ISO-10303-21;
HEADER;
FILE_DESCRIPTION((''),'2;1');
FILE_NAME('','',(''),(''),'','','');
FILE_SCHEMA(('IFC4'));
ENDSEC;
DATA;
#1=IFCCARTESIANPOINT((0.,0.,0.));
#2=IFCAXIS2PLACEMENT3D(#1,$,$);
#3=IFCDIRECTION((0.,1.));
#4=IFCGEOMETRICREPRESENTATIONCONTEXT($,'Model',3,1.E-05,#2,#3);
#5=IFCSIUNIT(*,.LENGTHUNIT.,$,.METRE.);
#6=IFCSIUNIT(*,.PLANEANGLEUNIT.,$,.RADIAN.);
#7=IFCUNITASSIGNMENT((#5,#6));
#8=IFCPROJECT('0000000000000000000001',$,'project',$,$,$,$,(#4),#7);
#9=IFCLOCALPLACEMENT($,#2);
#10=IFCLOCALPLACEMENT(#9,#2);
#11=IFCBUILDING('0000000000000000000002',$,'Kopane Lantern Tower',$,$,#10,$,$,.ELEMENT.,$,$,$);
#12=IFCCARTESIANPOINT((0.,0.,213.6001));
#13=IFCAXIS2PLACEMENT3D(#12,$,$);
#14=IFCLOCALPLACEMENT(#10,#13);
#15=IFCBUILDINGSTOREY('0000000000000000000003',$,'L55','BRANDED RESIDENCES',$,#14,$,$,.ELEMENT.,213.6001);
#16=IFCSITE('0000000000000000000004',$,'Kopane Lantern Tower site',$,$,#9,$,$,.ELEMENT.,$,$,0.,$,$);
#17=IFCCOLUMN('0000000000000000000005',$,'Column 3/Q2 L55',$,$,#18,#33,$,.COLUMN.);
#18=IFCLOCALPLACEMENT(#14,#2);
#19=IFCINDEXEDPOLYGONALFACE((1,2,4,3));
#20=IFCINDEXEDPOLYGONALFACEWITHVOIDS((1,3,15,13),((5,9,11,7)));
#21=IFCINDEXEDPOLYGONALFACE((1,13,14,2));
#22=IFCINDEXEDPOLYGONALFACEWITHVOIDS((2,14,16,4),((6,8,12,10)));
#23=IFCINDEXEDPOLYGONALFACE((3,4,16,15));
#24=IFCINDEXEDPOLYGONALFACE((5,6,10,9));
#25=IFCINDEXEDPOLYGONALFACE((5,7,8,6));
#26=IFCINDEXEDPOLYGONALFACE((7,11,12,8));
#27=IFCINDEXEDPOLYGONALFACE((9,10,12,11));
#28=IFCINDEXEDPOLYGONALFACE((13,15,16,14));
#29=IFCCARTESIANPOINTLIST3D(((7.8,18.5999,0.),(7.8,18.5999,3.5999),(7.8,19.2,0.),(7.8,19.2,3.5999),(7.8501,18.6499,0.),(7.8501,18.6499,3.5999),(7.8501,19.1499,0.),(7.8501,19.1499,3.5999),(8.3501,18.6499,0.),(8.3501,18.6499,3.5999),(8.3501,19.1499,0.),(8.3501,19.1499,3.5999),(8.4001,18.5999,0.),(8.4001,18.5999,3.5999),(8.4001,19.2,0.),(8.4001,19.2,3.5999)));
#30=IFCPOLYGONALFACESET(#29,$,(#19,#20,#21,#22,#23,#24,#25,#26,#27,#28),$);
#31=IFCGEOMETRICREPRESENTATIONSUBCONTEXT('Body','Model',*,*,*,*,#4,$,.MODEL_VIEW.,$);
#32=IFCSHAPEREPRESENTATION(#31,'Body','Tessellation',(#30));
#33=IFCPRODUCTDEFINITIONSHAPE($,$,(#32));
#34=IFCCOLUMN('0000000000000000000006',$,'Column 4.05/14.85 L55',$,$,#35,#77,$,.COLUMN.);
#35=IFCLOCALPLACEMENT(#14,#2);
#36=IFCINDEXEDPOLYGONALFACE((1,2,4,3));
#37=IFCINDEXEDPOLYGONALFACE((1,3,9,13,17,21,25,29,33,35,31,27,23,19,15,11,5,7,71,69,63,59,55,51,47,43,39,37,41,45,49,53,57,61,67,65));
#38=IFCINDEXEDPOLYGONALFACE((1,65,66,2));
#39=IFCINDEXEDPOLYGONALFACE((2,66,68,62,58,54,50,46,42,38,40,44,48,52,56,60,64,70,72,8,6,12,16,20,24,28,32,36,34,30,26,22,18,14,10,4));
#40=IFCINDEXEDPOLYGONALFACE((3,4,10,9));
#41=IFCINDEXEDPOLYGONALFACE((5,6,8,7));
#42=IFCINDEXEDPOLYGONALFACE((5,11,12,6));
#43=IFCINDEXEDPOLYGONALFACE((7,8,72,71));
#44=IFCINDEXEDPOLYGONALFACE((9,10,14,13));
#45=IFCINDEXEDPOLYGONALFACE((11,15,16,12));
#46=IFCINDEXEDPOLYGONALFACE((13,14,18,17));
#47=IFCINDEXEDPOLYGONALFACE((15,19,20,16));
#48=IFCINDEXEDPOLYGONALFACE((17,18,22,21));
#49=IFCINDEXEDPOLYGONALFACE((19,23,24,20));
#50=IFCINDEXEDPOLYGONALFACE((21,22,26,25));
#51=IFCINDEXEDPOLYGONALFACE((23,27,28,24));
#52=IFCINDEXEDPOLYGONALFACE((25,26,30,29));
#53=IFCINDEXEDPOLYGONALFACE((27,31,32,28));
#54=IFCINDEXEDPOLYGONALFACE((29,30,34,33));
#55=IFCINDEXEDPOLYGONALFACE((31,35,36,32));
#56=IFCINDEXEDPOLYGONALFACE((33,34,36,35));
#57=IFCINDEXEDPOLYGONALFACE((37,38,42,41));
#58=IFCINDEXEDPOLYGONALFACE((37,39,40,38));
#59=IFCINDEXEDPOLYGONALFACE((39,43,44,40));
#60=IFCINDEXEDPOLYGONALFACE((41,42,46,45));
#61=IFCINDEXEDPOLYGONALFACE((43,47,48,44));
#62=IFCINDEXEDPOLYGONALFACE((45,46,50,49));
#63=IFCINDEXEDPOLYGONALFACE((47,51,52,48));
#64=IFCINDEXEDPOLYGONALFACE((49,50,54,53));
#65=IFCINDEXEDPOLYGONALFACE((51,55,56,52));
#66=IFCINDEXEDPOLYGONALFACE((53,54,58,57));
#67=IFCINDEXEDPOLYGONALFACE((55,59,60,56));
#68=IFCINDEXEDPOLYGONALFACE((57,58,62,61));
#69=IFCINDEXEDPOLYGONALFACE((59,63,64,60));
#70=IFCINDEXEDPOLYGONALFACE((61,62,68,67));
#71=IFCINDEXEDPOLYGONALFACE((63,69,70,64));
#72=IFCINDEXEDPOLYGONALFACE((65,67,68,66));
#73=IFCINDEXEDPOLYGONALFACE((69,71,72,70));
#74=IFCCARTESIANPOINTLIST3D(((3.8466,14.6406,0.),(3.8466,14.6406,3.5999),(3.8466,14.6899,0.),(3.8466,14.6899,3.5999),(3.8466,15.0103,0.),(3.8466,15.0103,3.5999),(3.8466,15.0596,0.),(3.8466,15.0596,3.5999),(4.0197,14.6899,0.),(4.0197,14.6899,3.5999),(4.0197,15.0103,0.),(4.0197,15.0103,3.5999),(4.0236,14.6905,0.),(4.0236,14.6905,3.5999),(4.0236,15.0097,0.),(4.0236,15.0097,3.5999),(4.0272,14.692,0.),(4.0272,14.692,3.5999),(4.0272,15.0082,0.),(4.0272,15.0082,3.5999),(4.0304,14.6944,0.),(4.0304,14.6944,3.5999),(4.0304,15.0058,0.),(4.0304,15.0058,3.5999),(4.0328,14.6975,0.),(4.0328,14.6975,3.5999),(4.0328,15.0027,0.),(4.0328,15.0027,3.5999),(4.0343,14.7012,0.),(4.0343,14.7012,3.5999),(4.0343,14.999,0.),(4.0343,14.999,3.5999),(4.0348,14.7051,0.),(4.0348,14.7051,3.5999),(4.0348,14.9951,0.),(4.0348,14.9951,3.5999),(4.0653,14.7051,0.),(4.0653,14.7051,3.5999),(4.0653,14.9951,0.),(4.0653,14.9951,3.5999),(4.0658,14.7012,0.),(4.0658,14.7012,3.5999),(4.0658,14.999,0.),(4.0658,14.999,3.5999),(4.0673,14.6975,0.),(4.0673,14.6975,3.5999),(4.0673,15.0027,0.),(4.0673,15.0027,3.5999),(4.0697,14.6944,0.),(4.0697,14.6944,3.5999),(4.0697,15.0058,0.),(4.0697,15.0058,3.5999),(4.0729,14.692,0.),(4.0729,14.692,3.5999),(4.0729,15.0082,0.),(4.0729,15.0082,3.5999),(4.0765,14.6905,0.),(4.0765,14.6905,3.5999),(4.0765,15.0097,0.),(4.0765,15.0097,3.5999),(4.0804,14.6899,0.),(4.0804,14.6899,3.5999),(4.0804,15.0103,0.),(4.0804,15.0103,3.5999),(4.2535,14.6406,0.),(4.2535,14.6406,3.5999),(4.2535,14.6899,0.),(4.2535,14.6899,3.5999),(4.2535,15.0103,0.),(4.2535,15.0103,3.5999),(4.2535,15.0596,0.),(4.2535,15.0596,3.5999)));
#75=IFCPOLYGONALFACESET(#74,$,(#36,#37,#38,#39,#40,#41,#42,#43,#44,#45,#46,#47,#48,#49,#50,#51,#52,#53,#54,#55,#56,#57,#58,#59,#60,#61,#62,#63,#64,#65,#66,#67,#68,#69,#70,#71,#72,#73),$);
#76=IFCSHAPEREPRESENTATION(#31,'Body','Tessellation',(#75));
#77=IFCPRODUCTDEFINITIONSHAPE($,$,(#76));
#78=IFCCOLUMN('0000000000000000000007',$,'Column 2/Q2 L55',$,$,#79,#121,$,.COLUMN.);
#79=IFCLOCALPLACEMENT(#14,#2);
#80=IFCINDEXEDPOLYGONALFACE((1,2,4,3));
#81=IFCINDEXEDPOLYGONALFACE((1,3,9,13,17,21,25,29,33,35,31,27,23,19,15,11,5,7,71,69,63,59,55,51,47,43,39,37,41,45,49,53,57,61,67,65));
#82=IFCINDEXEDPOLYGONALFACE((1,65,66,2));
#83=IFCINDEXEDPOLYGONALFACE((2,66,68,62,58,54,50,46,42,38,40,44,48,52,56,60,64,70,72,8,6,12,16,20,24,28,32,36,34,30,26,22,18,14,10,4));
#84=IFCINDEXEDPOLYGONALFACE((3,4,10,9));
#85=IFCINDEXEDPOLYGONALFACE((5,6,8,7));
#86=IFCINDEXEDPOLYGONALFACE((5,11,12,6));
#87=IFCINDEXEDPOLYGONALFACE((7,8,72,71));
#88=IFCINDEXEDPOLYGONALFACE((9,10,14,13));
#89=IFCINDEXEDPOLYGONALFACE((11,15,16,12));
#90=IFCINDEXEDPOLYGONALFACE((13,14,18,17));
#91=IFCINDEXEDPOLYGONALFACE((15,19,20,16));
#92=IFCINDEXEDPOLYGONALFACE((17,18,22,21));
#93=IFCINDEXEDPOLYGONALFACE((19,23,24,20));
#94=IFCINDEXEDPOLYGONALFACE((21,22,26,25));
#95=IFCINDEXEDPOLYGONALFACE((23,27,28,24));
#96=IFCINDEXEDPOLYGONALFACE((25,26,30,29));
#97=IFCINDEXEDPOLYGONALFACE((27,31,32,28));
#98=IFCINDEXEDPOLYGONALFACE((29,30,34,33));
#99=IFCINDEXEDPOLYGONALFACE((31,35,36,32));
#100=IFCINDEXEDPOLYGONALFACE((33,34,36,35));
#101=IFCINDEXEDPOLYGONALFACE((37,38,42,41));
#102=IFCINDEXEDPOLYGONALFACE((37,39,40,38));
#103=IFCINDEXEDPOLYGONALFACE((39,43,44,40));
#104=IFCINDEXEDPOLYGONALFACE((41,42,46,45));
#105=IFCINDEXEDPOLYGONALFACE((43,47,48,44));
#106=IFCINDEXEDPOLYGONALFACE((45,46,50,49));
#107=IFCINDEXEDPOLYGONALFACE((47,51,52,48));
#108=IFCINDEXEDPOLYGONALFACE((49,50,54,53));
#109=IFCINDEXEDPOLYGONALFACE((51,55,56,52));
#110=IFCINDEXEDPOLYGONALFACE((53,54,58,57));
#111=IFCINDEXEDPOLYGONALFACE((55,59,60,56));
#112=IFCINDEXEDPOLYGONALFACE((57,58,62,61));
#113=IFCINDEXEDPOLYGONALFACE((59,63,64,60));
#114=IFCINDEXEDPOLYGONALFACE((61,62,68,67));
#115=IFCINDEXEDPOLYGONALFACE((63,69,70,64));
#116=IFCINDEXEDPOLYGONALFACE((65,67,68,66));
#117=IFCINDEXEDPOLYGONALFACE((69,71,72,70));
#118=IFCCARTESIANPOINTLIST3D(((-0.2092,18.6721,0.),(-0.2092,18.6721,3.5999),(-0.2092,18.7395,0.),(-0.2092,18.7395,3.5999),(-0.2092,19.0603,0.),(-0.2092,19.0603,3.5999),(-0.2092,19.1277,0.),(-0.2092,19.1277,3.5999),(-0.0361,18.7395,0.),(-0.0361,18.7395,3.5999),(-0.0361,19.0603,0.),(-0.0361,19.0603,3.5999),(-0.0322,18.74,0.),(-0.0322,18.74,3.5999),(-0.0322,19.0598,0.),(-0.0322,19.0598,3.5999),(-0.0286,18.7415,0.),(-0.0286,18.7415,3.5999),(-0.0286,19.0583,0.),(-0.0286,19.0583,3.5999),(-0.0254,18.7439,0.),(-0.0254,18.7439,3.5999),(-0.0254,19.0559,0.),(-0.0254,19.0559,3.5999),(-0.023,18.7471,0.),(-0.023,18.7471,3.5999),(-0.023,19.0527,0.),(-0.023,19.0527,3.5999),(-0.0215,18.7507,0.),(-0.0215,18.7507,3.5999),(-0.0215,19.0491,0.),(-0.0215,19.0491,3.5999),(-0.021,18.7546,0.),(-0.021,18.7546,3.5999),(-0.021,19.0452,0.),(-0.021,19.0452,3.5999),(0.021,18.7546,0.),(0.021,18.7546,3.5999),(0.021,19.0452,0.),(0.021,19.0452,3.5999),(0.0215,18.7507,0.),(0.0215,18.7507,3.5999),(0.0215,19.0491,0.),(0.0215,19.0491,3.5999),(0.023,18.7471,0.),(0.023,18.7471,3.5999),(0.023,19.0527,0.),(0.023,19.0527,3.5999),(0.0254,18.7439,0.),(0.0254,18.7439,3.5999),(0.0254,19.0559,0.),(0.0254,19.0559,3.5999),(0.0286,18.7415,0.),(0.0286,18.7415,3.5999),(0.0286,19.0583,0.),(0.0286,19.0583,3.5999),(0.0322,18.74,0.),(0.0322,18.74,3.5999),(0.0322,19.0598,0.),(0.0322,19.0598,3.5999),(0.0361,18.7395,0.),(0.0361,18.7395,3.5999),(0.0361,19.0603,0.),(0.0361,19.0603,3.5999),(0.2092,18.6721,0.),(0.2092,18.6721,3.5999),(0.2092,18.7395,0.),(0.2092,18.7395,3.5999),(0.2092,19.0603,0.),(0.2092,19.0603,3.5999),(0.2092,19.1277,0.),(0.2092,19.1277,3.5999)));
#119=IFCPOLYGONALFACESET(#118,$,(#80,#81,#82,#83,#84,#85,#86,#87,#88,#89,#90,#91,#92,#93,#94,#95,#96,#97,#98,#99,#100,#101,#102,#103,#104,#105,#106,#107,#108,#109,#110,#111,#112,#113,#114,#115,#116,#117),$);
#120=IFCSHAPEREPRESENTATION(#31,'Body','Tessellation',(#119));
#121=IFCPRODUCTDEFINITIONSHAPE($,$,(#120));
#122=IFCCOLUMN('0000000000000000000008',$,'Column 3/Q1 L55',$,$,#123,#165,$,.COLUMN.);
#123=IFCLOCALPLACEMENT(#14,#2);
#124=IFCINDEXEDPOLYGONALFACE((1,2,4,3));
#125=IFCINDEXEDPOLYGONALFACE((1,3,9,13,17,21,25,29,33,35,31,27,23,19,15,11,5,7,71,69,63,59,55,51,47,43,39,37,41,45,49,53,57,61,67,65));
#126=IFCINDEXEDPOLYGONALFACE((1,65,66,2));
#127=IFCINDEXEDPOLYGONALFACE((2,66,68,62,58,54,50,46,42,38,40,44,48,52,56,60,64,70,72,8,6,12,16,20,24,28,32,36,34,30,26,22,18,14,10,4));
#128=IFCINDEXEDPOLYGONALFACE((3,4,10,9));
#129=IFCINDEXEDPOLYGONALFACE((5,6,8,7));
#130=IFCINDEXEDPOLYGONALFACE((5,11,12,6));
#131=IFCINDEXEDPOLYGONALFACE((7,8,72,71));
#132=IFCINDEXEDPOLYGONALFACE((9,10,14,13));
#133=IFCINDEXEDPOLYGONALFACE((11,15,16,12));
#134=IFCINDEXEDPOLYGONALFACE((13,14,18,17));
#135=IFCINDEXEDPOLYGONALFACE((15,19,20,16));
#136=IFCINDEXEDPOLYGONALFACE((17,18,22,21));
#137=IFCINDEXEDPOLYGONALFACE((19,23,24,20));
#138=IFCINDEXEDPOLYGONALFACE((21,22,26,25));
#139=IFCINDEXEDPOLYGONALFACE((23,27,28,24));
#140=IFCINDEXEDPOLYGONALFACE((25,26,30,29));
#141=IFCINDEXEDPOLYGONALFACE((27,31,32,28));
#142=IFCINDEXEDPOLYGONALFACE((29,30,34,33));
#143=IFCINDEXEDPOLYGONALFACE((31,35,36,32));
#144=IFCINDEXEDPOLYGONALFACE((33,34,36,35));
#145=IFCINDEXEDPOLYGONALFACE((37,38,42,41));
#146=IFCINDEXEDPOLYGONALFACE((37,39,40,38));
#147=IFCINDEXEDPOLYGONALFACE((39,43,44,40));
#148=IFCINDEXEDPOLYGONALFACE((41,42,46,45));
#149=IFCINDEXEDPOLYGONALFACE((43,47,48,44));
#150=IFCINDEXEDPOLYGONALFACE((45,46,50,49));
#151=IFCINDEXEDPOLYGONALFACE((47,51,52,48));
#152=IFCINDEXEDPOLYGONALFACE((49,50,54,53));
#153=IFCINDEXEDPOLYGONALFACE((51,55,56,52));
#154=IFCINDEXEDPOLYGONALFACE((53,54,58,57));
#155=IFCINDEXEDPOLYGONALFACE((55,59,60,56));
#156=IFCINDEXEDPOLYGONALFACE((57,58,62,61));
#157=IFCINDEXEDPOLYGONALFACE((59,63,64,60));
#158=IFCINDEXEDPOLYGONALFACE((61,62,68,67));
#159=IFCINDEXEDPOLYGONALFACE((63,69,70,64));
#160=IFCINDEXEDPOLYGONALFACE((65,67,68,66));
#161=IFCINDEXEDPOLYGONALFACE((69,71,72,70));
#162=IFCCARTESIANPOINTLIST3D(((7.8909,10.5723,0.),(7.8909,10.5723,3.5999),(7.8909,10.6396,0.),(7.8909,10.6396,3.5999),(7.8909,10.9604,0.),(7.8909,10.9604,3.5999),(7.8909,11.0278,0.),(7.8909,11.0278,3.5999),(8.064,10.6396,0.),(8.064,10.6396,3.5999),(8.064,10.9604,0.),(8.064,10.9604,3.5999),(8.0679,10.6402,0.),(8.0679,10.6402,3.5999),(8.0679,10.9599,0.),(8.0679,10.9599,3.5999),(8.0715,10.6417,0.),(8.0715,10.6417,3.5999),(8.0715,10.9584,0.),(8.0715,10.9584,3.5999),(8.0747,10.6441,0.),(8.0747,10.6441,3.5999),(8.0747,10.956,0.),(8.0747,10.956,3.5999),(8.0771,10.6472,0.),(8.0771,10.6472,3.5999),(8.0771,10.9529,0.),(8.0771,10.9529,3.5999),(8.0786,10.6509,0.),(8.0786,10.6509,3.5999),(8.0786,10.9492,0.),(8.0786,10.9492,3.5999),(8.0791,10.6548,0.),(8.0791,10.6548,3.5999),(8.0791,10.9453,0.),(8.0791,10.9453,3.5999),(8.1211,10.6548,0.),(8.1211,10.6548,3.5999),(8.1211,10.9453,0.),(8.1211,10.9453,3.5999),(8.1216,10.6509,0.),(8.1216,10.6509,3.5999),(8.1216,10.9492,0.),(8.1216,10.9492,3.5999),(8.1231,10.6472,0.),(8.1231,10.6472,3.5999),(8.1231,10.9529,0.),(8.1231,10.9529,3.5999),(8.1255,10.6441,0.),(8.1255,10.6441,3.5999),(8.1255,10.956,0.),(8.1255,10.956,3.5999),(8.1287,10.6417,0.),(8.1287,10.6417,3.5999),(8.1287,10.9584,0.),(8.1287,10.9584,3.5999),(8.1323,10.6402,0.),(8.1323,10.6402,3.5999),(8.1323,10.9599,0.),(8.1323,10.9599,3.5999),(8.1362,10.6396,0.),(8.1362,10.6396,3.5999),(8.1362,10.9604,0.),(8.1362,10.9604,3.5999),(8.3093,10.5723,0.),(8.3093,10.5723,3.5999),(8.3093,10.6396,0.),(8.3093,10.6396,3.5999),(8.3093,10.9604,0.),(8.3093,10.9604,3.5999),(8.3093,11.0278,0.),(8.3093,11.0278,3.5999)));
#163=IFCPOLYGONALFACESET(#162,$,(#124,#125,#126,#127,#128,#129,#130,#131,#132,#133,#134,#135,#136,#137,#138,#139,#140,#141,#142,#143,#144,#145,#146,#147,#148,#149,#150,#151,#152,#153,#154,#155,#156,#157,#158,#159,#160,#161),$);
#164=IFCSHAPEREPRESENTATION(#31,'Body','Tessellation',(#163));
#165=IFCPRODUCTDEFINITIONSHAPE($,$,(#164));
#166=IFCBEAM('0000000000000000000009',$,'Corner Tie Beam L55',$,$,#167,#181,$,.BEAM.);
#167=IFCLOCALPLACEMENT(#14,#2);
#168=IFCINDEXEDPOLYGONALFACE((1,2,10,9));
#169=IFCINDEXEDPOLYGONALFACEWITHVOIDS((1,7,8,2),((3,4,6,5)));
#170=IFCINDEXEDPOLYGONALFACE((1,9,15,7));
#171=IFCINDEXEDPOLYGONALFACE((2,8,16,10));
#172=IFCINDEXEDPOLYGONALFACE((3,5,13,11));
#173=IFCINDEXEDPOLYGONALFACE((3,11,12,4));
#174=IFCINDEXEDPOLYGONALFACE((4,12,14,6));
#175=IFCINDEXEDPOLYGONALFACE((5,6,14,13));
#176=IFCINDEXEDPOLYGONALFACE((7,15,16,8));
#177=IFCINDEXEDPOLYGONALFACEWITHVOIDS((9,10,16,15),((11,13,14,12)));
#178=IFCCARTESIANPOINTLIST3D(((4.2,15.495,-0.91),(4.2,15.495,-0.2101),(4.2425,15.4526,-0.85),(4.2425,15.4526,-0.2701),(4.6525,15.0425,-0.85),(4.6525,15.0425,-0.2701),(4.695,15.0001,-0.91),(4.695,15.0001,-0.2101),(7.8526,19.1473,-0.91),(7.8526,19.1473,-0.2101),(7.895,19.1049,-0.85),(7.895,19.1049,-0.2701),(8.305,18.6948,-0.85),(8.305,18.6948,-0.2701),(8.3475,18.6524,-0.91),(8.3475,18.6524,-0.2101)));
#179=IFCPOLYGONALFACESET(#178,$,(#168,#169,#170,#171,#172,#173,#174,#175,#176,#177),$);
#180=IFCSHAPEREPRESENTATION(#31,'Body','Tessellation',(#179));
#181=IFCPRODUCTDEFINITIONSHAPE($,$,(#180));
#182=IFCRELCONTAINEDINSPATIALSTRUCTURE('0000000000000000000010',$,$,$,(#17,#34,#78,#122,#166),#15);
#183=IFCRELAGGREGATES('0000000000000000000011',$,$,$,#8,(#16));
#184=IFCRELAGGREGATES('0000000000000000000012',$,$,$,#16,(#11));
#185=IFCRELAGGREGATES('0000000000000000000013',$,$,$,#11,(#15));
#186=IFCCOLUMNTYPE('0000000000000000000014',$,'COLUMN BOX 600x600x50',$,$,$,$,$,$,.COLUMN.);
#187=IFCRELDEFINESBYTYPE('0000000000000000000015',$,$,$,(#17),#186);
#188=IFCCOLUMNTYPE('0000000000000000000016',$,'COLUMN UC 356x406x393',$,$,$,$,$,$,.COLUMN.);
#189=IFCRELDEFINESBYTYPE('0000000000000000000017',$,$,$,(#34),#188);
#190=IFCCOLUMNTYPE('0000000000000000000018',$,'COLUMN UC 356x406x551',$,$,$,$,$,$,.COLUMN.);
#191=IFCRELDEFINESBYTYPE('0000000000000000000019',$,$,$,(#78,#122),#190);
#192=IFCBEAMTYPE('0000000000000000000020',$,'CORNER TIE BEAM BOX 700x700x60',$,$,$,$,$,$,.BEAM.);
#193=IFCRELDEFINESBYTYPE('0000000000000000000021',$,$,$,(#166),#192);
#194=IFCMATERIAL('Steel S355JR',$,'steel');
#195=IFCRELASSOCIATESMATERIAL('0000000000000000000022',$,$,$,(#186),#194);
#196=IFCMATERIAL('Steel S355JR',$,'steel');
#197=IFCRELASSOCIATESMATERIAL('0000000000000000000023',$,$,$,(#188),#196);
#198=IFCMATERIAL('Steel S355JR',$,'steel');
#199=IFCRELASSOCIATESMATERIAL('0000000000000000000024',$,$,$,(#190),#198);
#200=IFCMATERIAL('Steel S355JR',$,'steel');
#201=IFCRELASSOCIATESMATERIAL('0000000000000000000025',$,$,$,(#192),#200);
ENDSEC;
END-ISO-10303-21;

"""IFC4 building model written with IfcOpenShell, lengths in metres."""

from ifc_helpers import new_model, si_unit, direction, frame, origin, origin_2d, place, context, subcontext, project, spatial, hollow_rectangle, i_section, extrude, material, material_profile, profile_set, type_object, element, save


model = new_model("IFC4")

# Units and contexts
model_context = context("Model", 3, precision=1e-05, world=origin(), true_north=direction((0.0, 1.0)))
body_context = subcontext(model_context, "Body", "Model", "MODEL_VIEW")
ifc_project = project(units=[si_unit("LENGTHUNIT", "METRE"), si_unit("PLANEANGLEUNIT", "RADIAN")], contexts=[model_context])

# Site, building, storey
site_placement = place(None, origin())
site = spatial("IfcSite", under=ifc_project, at=site_placement, Name="Kopane Lantern Tower site", CompositionType="ELEMENT", RefElevation=0.0)
building_placement = place(site_placement, origin())
building = spatial("IfcBuilding", under=site, at=building_placement, Name="Kopane Lantern Tower", CompositionType="ELEMENT")
storey_placement = place(building_placement, frame((0.0, 0.0, 213.6001)))
storey = spatial("IfcBuildingStorey", under=building, at=storey_placement, Name="L55", Description="BRANDED RESIDENCES", CompositionType="ELEMENT", Elevation=213.6001)

# Columns
ifc_material_1 = material(Name="Steel S355JR", Category="steel")
ifc_material_profile_1 = material_profile(ifc_material_1, hollow_rectangle(XDim=0.6001, YDim=0.6001, WallThickness=0.05, at=origin_2d()), Name="BOX 600x600x50")
ifc_profile_set_1 = profile_set([ifc_material_profile_1], Name="Steel S355JR")
column_type_1 = type_object("IfcColumnType", Name="COLUMN BOX 600x600x50", PredefinedType="COLUMN", material=ifc_profile_set_1)
column_1_placement = place(storey_placement, frame((8.1001, 18.8999, 0.0), z_axis=(0.0, 0.0, 1.0), x_axis=(1.0, 0.0, 0.0)))
element("IfcColumn", 1, at=column_1_placement, inside=storey, type_object=column_type_1, Name="Column 3/Q2 L55", PredefinedType="COLUMN", context=body_context, shape_type="SweptSolid", body=[
    extrude(hollow_rectangle(XDim=0.6001, YDim=0.6001, WallThickness=0.05, at=origin_2d()), origin(), (0.0, 0.0, 1.0), 3.5999),
])
ifc_material_2 = material(Name="Steel S355JR", Category="steel")
ifc_material_profile_2 = material_profile(ifc_material_2, i_section(OverallWidth=0.407, OverallDepth=0.4189, WebThickness=0.0305, FlangeThickness=0.0493, FilletRadius=0.0151, at=origin_2d()), Name="UC 356x406x393")
ifc_profile_set_2 = profile_set([ifc_material_profile_2], Name="Steel S355JR")
column_type_2 = type_object("IfcColumnType", Name="COLUMN UC 356x406x393", PredefinedType="COLUMN", material=ifc_profile_set_2)
column_2_placement = place(storey_placement, frame((4.05, 14.8501, 0.0), z_axis=(0.0, 0.0, 1.0), x_axis=(1.0, 0.0, 0.0)))
element("IfcColumn", 2, at=column_2_placement, inside=storey, type_object=column_type_2, Name="Column 4.05/14.85 L55", PredefinedType="COLUMN", context=body_context, shape_type="SweptSolid", body=[
    extrude(i_section(OverallWidth=0.407, OverallDepth=0.4189, WebThickness=0.0305, FlangeThickness=0.0493, FilletRadius=0.0151, at=origin_2d()), origin(), (0.0, 0.0, 1.0), 3.5999),
])
ifc_material_3 = material(Name="Steel S355JR", Category="steel")
ifc_material_profile_3 = material_profile(ifc_material_3, i_section(OverallWidth=0.4185, OverallDepth=0.4556, WebThickness=0.042, FlangeThickness=0.0674, FilletRadius=0.0151, at=origin_2d()), Name="UC 356x406x551")
ifc_profile_set_3 = profile_set([ifc_material_profile_3], Name="Steel S355JR")
column_type_3 = type_object("IfcColumnType", Name="COLUMN UC 356x406x551", PredefinedType="COLUMN", material=ifc_profile_set_3)
for number, where, z_axis, x_axis, name in (
    (3, (0.0, 18.8999, 0.0), (0.0, 0.0, 1.0), (1.0, 0.0, 0.0), "Column 2/Q2 L55"),
    (4, (8.1001, 10.8, 0.0), (0.0, 0.0, 1.0), (1.0, 0.0, 0.0), "Column 3/Q1 L55"),
):
    element("IfcColumn", number, at=place(storey_placement, frame(where, z_axis=z_axis, x_axis=x_axis)), inside=storey, type_object=column_type_3, Name=name, PredefinedType="COLUMN", context=body_context, shape_type="SweptSolid", body=[
        extrude(i_section(OverallWidth=0.4185, OverallDepth=0.4556, WebThickness=0.042, FlangeThickness=0.0674, FilletRadius=0.0151, at=origin_2d()), origin(), (0.0, 0.0, 1.0), 3.5999),
    ])

# Beam
ifc_material_4 = material(Name="Steel S355JR", Category="steel")
ifc_material_profile_4 = material_profile(ifc_material_4, hollow_rectangle(XDim=0.7, YDim=0.7, WallThickness=0.0601, at=origin_2d()), Name="BOX 700x700x60")
ifc_profile_set_4 = profile_set([ifc_material_profile_4], Name="Steel S355JR")
beam_type_1 = type_object("IfcBeamType", Name="CORNER TIE BEAM BOX 700x700x60", PredefinedType="BEAM", material=ifc_profile_set_4)
beam_1_placement = place(storey_placement, frame((4.4475, 15.2476, -0.5601), z_axis=(0.70713, 0.707083, 0.0), x_axis=(-0.707083, 0.70713, 0.0)))
element("IfcBeam", 5, at=beam_1_placement, inside=storey, type_object=beam_type_1, Name="Corner Tie Beam L55", PredefinedType="BEAM", context=body_context, shape_type="SweptSolid", body=[
    extrude(hollow_rectangle(XDim=0.7, YDim=0.7, WallThickness=0.0601, at=origin_2d()), origin(), (0.0, 0.0, 1.0), 5.1653),
])

save(model, "model.ifc")
